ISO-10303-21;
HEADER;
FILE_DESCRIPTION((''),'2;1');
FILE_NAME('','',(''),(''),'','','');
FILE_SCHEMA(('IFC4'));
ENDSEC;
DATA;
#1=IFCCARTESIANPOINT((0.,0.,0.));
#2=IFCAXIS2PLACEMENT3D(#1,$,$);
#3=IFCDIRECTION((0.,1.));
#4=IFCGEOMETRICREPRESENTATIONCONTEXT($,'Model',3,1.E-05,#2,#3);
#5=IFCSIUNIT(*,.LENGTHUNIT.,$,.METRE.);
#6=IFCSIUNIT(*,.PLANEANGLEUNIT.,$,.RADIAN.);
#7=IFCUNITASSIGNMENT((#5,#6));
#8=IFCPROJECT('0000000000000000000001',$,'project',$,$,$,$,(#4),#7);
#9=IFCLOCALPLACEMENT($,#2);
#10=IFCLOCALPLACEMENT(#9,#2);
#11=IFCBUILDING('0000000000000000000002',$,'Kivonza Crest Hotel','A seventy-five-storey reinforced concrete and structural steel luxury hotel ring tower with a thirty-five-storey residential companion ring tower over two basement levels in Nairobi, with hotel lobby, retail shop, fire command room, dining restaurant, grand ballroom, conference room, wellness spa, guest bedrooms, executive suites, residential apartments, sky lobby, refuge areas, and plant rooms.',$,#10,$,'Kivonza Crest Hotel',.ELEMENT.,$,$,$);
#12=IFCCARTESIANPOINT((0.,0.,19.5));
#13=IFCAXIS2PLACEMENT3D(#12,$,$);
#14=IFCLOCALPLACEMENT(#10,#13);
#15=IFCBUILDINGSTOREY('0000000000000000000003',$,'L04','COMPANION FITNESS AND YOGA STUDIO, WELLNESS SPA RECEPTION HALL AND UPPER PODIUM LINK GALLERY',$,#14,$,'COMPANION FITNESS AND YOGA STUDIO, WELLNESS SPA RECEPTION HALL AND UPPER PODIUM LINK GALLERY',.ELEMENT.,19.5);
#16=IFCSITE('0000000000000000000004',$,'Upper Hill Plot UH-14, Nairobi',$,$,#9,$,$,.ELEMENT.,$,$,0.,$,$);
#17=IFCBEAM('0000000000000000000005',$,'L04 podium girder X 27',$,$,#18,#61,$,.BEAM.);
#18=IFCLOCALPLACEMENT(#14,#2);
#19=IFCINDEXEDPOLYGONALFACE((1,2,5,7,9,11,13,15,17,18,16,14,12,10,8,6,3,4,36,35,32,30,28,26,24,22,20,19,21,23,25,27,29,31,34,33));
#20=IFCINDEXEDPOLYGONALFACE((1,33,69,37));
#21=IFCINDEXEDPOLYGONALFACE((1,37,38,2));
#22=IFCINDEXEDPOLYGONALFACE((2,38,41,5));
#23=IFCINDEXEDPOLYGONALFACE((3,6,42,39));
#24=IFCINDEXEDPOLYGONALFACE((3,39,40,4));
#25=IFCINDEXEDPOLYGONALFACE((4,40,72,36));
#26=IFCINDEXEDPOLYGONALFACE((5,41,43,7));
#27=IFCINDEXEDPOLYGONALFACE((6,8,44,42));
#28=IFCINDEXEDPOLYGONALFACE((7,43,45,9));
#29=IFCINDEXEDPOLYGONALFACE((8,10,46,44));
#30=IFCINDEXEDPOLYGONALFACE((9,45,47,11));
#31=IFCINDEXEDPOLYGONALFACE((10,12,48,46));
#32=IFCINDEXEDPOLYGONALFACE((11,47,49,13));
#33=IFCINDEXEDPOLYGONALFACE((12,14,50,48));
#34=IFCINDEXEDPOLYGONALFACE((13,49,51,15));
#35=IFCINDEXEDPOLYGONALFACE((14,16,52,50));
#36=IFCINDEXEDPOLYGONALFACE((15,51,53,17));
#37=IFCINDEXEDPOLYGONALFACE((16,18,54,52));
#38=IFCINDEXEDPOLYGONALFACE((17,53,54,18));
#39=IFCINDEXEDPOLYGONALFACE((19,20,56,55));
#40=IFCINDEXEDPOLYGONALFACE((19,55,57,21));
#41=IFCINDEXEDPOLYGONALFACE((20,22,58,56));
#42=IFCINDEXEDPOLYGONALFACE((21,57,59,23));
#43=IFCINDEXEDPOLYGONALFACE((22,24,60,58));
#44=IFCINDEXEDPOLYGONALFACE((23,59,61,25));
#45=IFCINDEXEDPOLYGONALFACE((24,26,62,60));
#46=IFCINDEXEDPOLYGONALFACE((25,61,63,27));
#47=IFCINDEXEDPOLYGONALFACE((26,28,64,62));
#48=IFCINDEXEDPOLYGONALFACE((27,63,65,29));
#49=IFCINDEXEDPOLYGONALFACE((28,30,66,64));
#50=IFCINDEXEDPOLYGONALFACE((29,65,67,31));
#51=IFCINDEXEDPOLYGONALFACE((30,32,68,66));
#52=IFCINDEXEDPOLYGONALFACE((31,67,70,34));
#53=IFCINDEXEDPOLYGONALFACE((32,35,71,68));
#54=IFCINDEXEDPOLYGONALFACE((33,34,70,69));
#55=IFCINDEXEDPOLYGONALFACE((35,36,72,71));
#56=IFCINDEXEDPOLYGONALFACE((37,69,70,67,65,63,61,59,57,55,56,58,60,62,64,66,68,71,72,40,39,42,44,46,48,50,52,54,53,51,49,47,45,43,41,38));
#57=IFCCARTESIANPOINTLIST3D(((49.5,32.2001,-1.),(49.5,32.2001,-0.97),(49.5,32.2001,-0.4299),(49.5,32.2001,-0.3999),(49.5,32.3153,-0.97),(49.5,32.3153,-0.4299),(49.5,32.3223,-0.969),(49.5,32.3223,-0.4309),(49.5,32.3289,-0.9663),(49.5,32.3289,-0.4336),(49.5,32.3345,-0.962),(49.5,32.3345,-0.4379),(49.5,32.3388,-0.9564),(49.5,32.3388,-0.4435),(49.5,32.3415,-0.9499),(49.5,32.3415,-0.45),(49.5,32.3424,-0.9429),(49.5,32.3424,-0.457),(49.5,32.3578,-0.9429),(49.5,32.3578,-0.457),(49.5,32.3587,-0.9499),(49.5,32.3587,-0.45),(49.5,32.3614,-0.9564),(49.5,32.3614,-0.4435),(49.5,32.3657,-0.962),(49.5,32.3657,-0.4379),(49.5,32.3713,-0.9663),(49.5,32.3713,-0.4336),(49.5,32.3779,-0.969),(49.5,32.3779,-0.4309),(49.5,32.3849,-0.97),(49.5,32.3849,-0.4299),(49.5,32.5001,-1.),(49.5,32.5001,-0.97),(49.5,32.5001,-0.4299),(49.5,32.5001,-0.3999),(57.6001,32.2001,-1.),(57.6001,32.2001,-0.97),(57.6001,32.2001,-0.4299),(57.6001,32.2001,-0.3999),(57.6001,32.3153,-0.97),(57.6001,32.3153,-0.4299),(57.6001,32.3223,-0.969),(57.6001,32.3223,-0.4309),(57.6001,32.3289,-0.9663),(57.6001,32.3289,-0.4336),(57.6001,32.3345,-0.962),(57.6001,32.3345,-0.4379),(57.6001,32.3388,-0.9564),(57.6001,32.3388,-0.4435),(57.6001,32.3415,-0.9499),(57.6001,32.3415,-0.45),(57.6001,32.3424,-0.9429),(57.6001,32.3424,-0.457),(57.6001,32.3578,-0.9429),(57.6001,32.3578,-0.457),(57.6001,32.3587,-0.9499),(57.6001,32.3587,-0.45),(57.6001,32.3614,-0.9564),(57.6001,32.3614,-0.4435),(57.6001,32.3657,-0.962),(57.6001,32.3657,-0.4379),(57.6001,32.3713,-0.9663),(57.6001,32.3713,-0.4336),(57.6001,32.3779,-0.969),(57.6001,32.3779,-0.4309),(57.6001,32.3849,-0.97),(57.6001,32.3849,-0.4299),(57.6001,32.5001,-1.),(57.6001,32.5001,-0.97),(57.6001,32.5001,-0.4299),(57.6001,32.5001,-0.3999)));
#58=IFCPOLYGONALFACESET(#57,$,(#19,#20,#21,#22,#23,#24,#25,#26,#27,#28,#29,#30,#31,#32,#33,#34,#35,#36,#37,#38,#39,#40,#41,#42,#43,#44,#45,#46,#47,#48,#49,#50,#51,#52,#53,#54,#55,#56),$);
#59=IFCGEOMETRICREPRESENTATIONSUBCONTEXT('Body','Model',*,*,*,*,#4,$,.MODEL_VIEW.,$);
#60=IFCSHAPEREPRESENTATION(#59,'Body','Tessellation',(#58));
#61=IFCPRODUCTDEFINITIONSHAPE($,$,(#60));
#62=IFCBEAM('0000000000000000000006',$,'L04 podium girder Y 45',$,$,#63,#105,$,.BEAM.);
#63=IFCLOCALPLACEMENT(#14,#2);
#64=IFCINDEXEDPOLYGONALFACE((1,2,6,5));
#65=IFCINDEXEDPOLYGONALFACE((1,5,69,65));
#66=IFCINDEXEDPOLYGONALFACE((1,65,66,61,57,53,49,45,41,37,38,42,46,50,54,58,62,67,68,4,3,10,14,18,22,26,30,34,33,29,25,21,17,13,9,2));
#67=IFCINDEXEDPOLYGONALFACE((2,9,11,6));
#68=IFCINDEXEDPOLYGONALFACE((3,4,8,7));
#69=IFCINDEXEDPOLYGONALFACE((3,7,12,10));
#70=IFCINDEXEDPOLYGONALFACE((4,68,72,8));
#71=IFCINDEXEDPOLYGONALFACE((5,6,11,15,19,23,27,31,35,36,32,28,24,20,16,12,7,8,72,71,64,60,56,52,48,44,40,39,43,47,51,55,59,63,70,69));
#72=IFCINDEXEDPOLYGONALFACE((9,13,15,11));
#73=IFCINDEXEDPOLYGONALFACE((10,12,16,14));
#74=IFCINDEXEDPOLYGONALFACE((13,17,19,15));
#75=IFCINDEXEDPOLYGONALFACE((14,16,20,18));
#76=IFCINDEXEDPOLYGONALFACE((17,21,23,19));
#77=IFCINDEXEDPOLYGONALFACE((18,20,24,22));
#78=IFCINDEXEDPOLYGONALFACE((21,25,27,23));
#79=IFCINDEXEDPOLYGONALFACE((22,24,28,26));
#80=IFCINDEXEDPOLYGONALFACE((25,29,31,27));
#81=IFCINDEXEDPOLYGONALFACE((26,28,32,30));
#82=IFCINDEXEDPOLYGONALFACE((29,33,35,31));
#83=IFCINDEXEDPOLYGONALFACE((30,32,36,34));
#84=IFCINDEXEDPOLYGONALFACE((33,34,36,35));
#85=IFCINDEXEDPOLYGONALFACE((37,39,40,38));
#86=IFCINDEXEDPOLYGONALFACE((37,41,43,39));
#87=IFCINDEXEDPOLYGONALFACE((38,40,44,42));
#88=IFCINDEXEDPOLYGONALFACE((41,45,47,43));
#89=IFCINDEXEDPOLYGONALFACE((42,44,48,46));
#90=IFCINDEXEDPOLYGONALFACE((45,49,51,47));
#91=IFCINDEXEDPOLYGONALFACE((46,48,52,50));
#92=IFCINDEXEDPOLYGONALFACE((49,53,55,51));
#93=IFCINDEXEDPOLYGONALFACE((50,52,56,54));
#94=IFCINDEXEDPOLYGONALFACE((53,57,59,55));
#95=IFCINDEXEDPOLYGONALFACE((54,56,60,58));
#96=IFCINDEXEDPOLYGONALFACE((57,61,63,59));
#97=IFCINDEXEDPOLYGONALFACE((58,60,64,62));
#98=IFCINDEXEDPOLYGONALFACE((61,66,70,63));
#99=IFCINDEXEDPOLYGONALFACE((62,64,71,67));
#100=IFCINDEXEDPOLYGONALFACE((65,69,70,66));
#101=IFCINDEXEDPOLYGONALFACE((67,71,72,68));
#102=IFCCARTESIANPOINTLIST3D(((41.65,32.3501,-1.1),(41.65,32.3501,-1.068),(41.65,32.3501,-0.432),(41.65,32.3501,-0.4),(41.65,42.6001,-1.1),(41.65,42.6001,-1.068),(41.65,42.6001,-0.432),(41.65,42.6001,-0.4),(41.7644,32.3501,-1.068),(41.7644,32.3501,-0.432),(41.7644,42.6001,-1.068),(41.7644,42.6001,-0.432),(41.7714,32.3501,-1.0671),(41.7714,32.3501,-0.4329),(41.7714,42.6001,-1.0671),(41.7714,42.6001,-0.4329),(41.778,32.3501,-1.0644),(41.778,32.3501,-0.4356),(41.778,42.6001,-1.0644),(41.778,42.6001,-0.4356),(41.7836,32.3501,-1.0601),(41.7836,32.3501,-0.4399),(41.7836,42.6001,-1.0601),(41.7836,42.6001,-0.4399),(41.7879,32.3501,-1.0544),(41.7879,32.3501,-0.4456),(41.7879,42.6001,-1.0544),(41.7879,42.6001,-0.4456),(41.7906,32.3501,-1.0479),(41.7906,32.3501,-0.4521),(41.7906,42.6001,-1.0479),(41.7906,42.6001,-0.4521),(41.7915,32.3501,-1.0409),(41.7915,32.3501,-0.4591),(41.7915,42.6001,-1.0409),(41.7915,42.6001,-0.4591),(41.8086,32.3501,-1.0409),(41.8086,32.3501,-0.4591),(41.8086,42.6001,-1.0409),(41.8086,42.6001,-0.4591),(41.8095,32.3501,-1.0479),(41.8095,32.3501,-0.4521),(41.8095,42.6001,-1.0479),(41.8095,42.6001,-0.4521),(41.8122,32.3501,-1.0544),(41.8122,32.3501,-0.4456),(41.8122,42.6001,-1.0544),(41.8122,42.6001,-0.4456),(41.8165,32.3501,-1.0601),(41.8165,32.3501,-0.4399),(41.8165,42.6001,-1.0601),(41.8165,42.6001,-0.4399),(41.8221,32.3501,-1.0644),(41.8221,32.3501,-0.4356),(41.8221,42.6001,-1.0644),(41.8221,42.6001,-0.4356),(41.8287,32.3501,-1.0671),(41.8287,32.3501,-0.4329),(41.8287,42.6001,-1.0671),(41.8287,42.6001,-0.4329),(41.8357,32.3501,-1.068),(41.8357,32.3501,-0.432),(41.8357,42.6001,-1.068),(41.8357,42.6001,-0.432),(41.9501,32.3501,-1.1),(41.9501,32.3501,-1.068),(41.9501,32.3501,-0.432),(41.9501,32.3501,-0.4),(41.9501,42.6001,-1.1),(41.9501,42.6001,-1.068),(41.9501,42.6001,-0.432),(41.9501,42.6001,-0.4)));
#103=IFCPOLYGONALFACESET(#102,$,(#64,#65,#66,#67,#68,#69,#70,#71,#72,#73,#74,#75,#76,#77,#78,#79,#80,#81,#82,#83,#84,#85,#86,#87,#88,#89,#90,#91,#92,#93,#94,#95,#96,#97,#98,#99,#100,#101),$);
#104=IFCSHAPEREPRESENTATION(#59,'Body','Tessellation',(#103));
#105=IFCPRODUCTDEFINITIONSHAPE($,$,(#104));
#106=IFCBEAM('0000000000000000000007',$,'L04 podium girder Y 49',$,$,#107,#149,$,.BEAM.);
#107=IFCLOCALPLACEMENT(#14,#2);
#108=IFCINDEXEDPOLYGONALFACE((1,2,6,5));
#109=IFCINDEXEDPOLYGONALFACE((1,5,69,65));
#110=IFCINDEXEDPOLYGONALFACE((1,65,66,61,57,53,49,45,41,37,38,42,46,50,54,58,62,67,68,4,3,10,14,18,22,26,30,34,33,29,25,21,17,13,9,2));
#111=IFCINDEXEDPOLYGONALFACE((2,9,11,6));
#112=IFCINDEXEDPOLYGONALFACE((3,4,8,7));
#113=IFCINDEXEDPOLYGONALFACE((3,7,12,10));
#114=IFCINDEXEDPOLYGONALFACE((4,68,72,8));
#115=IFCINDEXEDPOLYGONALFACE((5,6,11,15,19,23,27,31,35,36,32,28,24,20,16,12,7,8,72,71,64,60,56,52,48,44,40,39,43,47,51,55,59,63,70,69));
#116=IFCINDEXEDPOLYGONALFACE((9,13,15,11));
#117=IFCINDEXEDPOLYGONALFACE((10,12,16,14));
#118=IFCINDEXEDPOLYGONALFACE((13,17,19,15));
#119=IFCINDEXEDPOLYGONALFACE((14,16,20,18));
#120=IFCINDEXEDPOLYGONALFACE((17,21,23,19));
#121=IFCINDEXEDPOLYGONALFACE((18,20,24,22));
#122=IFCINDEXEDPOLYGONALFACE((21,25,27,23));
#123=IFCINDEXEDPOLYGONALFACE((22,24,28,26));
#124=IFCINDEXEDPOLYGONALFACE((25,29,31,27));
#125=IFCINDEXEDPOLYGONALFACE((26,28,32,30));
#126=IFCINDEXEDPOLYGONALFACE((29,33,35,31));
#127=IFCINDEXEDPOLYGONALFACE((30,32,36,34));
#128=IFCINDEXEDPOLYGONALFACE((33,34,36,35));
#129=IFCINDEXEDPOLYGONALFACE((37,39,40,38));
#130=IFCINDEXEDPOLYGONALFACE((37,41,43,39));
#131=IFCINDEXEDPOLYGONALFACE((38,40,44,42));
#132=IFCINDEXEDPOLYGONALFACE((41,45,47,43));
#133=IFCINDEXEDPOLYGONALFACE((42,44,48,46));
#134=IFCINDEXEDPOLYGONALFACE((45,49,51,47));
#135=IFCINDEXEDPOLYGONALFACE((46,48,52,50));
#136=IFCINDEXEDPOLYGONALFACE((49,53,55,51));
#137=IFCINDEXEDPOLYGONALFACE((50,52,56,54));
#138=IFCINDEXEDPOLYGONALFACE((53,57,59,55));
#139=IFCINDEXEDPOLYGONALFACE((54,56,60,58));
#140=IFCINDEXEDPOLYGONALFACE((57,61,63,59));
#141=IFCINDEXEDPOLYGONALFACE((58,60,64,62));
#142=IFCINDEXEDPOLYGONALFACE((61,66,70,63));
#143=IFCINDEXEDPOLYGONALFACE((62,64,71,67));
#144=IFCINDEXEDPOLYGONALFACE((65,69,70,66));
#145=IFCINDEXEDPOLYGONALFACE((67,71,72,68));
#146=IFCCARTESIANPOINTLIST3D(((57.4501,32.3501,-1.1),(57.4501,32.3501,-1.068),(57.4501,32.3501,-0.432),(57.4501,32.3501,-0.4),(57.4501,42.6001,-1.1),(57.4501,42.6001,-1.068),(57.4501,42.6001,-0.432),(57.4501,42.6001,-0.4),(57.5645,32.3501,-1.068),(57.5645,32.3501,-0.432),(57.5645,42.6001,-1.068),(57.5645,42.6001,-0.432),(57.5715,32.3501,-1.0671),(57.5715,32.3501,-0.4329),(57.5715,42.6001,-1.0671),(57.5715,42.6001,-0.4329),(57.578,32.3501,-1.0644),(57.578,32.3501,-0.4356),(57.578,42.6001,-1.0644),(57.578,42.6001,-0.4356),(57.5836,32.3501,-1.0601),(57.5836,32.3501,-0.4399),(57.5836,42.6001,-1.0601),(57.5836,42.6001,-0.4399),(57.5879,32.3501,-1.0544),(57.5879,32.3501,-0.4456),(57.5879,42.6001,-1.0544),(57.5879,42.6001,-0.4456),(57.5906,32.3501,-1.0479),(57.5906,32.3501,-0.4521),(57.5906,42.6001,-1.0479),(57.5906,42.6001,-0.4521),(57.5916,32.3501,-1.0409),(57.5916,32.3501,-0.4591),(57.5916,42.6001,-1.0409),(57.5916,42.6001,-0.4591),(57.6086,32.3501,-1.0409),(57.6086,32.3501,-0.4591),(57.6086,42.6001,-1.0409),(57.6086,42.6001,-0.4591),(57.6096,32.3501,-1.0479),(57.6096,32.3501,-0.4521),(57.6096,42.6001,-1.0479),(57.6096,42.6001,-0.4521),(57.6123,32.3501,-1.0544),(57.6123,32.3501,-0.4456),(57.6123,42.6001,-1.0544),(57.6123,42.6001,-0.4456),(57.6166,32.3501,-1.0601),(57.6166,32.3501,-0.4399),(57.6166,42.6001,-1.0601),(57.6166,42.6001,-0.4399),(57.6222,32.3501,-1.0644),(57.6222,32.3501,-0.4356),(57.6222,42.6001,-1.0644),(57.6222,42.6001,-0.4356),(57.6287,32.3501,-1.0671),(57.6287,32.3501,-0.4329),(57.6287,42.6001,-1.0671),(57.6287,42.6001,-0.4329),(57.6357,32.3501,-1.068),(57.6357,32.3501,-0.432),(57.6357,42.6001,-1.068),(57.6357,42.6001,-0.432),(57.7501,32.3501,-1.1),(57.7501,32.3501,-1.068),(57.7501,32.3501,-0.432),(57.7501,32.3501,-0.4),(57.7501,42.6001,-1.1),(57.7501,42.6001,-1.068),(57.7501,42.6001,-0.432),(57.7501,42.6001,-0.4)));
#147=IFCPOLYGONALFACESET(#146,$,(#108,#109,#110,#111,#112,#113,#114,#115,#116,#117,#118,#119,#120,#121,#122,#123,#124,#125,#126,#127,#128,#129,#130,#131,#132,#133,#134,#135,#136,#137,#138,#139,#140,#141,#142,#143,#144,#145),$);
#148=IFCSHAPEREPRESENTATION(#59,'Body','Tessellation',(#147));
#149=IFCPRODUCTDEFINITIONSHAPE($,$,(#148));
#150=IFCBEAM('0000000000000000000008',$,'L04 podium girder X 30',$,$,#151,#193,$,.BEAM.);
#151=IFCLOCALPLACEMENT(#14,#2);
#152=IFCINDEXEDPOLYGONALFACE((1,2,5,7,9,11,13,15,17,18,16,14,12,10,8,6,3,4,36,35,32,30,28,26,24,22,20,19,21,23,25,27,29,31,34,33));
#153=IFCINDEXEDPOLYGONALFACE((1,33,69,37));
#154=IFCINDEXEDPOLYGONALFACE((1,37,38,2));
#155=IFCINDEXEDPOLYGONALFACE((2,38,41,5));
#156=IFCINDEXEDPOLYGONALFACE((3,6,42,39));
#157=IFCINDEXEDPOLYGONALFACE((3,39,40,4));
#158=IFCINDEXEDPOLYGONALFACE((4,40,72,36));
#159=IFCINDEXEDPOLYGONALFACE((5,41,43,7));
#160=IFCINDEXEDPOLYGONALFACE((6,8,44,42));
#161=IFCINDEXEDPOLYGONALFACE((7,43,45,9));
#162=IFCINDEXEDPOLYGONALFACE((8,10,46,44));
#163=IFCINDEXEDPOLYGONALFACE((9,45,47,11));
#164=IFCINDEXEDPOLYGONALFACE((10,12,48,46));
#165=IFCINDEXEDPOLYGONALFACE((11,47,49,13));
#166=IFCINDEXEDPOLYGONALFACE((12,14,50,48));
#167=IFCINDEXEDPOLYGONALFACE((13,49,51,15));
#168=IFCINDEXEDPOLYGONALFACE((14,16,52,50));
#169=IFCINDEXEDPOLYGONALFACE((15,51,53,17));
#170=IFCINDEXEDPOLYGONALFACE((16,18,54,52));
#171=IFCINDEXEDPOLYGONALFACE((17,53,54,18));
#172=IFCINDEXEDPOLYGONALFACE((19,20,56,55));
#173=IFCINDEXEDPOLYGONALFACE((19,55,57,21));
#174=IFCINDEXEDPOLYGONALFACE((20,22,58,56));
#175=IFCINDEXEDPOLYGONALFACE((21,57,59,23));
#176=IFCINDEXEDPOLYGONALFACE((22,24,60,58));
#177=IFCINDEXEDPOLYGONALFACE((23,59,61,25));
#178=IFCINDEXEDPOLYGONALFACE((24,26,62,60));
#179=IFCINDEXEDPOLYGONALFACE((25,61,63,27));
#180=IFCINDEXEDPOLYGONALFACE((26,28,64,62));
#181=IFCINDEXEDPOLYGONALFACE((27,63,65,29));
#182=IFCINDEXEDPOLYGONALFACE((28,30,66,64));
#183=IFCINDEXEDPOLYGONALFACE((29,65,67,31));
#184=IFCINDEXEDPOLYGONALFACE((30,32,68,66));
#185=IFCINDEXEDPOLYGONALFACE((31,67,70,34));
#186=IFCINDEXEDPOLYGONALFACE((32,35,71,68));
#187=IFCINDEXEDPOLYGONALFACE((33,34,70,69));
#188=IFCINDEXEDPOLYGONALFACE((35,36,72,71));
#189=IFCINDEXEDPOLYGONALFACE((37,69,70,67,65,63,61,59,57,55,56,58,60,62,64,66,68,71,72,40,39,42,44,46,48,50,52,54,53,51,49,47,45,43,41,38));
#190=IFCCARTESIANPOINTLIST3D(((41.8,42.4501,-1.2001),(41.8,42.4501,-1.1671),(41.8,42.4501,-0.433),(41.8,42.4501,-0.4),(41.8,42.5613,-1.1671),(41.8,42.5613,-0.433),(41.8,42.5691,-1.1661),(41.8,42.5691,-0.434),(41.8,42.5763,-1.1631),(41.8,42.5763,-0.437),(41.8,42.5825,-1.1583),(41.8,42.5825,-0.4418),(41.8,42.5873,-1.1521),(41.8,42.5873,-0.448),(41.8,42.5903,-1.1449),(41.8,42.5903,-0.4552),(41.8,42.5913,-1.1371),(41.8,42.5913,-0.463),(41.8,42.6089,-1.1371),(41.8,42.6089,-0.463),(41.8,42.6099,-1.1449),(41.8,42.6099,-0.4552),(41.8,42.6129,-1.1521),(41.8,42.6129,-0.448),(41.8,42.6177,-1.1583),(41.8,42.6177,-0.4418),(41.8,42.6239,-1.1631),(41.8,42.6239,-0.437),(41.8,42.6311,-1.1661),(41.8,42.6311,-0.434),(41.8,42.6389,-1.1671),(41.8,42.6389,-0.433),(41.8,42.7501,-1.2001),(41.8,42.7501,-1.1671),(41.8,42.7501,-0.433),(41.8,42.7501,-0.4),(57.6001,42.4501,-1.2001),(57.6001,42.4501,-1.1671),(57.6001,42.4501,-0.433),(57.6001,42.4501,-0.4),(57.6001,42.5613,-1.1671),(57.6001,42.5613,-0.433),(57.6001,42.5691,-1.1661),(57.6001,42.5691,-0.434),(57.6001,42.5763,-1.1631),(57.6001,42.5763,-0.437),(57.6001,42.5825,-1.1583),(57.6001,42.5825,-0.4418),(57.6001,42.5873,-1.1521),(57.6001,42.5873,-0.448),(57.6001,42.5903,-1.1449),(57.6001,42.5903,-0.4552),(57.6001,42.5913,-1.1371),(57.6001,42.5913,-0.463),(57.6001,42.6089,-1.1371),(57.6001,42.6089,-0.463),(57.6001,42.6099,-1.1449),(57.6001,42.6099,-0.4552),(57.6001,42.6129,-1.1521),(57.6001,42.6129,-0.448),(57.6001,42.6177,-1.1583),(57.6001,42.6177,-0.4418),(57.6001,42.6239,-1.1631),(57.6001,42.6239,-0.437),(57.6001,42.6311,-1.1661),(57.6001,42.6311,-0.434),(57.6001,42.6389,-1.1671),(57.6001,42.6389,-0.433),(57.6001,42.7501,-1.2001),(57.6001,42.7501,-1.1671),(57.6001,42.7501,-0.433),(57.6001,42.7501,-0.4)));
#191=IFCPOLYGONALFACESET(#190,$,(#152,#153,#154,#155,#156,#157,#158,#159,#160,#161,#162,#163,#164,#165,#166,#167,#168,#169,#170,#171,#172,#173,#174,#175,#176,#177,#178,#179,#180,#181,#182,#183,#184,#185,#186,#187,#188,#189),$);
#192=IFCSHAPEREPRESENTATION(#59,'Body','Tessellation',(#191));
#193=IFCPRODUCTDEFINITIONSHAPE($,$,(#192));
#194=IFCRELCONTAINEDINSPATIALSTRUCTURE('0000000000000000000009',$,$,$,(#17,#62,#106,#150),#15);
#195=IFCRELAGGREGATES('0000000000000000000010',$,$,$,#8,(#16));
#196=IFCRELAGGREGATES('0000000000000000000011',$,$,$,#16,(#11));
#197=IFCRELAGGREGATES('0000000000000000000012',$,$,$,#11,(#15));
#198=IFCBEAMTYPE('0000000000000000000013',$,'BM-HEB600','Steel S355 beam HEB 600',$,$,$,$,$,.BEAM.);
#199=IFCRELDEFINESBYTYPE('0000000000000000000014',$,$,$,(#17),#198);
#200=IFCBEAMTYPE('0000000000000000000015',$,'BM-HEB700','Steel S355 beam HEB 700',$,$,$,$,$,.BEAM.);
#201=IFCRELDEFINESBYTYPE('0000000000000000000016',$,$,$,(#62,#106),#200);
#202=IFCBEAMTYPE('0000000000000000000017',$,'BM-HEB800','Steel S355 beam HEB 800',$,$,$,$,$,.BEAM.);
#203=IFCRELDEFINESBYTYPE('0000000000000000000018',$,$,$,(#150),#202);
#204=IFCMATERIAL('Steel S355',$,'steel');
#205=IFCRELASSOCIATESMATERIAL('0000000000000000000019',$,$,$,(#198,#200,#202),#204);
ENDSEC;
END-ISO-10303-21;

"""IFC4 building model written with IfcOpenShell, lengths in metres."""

from ifc_helpers import new_model, si_unit, direction, frame, origin, origin_2d, place, context, subcontext, project, spatial, i_section, extrude, material, material_profile, profile_set, type_object, element, save


model = new_model("IFC4")

# Units and contexts
model_context = context("Model", 3, precision=1e-05, world=origin(), true_north=direction((0.0, 1.0)))
body_context = subcontext(model_context, "Body", "Model", "MODEL_VIEW")
ifc_project = project(units=[si_unit("LENGTHUNIT", "METRE"), si_unit("PLANEANGLEUNIT", "RADIAN")], contexts=[model_context])

# Site, building, storey
site_placement = place(None, origin())
site = spatial("IfcSite", under=ifc_project, at=site_placement, Name="Upper Hill Plot UH-14, Nairobi", CompositionType="ELEMENT", RefElevation=0.0)
building_placement = place(site_placement, origin())
building = spatial("IfcBuilding", under=site, at=building_placement, Name="Kivonza Crest Hotel", Description="A seventy-five-storey reinforced concrete and structural steel luxury hotel ring tower with a thirty-five-storey residential companion ring tower over two basement levels in Nairobi, with hotel lobby, retail shop, fire command room, dining restaurant, grand ballroom, conference room, wellness spa, guest bedrooms, executive suites, residential apartments, sky lobby, refuge areas, and plant rooms.", LongName="Kivonza Crest Hotel", CompositionType="ELEMENT")
storey_placement = place(building_placement, frame((0.0, 0.0, 19.5)))
storey = spatial("IfcBuildingStorey", under=building, at=storey_placement, Name="L04", Description="COMPANION FITNESS AND YOGA STUDIO, WELLNESS SPA RECEPTION HALL AND UPPER PODIUM LINK GALLERY", LongName="COMPANION FITNESS AND YOGA STUDIO, WELLNESS SPA RECEPTION HALL AND UPPER PODIUM LINK GALLERY", CompositionType="ELEMENT", Elevation=19.5)

# Beams
ifc_material_1 = material(Name="Steel S355", Category="steel")
ifc_material_profile_1 = material_profile(ifc_material_1, i_section(OverallWidth=0.3, OverallDepth=0.6001, WebThickness=0.0154, FlangeThickness=0.03, FilletRadius=0.0271, at=origin_2d()), Name="HEB 600")
ifc_profile_set_1 = profile_set([ifc_material_profile_1], Name="Steel S355")
beam_type_1 = type_object("IfcBeamType", Name="BM-HEB600", Description="Steel S355 beam HEB 600", PredefinedType="BEAM", material=ifc_profile_set_1)
beam_1_placement = place(storey_placement, frame((49.5, 32.3501, -0.7), z_axis=(1.0, 0.0, 0.0), x_axis=(0.0, 1.0, 0.0)))
element("IfcBeam", 1, at=beam_1_placement, inside=storey, type_object=beam_type_1, Name="L04 podium girder X 27", PredefinedType="BEAM", context=body_context, shape_type="SweptSolid", body=[
    extrude(i_section(OverallWidth=0.3, OverallDepth=0.6001, WebThickness=0.0154, FlangeThickness=0.03, FilletRadius=0.0271, at=origin_2d()), origin(), (0.0, 0.0, 1.0), 8.1001),
])
ifc_material_profile_2 = material_profile(ifc_material_1, i_section(OverallWidth=0.3, OverallDepth=0.7, WebThickness=0.0171, FlangeThickness=0.032, FilletRadius=0.0271, at=origin_2d()), Name="HEB 700")
ifc_profile_set_2 = profile_set([ifc_material_profile_2], Name="Steel S355")
beam_type_2 = type_object("IfcBeamType", Name="BM-HEB700", Description="Steel S355 beam HEB 700", PredefinedType="BEAM", material=ifc_profile_set_2)
for number, where, z_axis, x_axis, name in (
    (2, (41.8, 32.3501, -0.75), (0.0, 1.0, 0.0), (-1.0, 0.0, 0.0), "L04 podium girder Y 45"),
    (3, (57.6001, 32.3501, -0.75), (0.0, 1.0, 0.0), (-1.0, 0.0, 0.0), "L04 podium girder Y 49"),
):
    element("IfcBeam", number, at=place(storey_placement, frame(where, z_axis=z_axis, x_axis=x_axis)), inside=storey, type_object=beam_type_2, Name=name, PredefinedType="BEAM", context=body_context, shape_type="SweptSolid", body=[
        extrude(i_section(OverallWidth=0.3, OverallDepth=0.7, WebThickness=0.0171, FlangeThickness=0.032, FilletRadius=0.0271, at=origin_2d()), origin(), (0.0, 0.0, 1.0), 10.25),
    ])
ifc_material_profile_3 = material_profile(ifc_material_1, i_section(OverallWidth=0.3, OverallDepth=0.8, WebThickness=0.0176, FlangeThickness=0.033, FilletRadius=0.03, at=origin_2d()), Name="HEB 800")
ifc_profile_set_3 = profile_set([ifc_material_profile_3], Name="Steel S355")
beam_type_3 = type_object("IfcBeamType", Name="BM-HEB800", Description="Steel S355 beam HEB 800", PredefinedType="BEAM", material=ifc_profile_set_3)
beam_2_placement = place(storey_placement, frame((41.8, 42.6001, -0.8), z_axis=(1.0, 0.0, 0.0), x_axis=(0.0, 1.0, 0.0)))
element("IfcBeam", 4, at=beam_2_placement, inside=storey, type_object=beam_type_3, Name="L04 podium girder X 30", PredefinedType="BEAM", context=body_context, shape_type="SweptSolid", body=[
    extrude(i_section(OverallWidth=0.3, OverallDepth=0.8, WebThickness=0.0176, FlangeThickness=0.033, FilletRadius=0.03, at=origin_2d()), origin(), (0.0, 0.0, 1.0), 15.8),
])

save(model, "model.ifc")
